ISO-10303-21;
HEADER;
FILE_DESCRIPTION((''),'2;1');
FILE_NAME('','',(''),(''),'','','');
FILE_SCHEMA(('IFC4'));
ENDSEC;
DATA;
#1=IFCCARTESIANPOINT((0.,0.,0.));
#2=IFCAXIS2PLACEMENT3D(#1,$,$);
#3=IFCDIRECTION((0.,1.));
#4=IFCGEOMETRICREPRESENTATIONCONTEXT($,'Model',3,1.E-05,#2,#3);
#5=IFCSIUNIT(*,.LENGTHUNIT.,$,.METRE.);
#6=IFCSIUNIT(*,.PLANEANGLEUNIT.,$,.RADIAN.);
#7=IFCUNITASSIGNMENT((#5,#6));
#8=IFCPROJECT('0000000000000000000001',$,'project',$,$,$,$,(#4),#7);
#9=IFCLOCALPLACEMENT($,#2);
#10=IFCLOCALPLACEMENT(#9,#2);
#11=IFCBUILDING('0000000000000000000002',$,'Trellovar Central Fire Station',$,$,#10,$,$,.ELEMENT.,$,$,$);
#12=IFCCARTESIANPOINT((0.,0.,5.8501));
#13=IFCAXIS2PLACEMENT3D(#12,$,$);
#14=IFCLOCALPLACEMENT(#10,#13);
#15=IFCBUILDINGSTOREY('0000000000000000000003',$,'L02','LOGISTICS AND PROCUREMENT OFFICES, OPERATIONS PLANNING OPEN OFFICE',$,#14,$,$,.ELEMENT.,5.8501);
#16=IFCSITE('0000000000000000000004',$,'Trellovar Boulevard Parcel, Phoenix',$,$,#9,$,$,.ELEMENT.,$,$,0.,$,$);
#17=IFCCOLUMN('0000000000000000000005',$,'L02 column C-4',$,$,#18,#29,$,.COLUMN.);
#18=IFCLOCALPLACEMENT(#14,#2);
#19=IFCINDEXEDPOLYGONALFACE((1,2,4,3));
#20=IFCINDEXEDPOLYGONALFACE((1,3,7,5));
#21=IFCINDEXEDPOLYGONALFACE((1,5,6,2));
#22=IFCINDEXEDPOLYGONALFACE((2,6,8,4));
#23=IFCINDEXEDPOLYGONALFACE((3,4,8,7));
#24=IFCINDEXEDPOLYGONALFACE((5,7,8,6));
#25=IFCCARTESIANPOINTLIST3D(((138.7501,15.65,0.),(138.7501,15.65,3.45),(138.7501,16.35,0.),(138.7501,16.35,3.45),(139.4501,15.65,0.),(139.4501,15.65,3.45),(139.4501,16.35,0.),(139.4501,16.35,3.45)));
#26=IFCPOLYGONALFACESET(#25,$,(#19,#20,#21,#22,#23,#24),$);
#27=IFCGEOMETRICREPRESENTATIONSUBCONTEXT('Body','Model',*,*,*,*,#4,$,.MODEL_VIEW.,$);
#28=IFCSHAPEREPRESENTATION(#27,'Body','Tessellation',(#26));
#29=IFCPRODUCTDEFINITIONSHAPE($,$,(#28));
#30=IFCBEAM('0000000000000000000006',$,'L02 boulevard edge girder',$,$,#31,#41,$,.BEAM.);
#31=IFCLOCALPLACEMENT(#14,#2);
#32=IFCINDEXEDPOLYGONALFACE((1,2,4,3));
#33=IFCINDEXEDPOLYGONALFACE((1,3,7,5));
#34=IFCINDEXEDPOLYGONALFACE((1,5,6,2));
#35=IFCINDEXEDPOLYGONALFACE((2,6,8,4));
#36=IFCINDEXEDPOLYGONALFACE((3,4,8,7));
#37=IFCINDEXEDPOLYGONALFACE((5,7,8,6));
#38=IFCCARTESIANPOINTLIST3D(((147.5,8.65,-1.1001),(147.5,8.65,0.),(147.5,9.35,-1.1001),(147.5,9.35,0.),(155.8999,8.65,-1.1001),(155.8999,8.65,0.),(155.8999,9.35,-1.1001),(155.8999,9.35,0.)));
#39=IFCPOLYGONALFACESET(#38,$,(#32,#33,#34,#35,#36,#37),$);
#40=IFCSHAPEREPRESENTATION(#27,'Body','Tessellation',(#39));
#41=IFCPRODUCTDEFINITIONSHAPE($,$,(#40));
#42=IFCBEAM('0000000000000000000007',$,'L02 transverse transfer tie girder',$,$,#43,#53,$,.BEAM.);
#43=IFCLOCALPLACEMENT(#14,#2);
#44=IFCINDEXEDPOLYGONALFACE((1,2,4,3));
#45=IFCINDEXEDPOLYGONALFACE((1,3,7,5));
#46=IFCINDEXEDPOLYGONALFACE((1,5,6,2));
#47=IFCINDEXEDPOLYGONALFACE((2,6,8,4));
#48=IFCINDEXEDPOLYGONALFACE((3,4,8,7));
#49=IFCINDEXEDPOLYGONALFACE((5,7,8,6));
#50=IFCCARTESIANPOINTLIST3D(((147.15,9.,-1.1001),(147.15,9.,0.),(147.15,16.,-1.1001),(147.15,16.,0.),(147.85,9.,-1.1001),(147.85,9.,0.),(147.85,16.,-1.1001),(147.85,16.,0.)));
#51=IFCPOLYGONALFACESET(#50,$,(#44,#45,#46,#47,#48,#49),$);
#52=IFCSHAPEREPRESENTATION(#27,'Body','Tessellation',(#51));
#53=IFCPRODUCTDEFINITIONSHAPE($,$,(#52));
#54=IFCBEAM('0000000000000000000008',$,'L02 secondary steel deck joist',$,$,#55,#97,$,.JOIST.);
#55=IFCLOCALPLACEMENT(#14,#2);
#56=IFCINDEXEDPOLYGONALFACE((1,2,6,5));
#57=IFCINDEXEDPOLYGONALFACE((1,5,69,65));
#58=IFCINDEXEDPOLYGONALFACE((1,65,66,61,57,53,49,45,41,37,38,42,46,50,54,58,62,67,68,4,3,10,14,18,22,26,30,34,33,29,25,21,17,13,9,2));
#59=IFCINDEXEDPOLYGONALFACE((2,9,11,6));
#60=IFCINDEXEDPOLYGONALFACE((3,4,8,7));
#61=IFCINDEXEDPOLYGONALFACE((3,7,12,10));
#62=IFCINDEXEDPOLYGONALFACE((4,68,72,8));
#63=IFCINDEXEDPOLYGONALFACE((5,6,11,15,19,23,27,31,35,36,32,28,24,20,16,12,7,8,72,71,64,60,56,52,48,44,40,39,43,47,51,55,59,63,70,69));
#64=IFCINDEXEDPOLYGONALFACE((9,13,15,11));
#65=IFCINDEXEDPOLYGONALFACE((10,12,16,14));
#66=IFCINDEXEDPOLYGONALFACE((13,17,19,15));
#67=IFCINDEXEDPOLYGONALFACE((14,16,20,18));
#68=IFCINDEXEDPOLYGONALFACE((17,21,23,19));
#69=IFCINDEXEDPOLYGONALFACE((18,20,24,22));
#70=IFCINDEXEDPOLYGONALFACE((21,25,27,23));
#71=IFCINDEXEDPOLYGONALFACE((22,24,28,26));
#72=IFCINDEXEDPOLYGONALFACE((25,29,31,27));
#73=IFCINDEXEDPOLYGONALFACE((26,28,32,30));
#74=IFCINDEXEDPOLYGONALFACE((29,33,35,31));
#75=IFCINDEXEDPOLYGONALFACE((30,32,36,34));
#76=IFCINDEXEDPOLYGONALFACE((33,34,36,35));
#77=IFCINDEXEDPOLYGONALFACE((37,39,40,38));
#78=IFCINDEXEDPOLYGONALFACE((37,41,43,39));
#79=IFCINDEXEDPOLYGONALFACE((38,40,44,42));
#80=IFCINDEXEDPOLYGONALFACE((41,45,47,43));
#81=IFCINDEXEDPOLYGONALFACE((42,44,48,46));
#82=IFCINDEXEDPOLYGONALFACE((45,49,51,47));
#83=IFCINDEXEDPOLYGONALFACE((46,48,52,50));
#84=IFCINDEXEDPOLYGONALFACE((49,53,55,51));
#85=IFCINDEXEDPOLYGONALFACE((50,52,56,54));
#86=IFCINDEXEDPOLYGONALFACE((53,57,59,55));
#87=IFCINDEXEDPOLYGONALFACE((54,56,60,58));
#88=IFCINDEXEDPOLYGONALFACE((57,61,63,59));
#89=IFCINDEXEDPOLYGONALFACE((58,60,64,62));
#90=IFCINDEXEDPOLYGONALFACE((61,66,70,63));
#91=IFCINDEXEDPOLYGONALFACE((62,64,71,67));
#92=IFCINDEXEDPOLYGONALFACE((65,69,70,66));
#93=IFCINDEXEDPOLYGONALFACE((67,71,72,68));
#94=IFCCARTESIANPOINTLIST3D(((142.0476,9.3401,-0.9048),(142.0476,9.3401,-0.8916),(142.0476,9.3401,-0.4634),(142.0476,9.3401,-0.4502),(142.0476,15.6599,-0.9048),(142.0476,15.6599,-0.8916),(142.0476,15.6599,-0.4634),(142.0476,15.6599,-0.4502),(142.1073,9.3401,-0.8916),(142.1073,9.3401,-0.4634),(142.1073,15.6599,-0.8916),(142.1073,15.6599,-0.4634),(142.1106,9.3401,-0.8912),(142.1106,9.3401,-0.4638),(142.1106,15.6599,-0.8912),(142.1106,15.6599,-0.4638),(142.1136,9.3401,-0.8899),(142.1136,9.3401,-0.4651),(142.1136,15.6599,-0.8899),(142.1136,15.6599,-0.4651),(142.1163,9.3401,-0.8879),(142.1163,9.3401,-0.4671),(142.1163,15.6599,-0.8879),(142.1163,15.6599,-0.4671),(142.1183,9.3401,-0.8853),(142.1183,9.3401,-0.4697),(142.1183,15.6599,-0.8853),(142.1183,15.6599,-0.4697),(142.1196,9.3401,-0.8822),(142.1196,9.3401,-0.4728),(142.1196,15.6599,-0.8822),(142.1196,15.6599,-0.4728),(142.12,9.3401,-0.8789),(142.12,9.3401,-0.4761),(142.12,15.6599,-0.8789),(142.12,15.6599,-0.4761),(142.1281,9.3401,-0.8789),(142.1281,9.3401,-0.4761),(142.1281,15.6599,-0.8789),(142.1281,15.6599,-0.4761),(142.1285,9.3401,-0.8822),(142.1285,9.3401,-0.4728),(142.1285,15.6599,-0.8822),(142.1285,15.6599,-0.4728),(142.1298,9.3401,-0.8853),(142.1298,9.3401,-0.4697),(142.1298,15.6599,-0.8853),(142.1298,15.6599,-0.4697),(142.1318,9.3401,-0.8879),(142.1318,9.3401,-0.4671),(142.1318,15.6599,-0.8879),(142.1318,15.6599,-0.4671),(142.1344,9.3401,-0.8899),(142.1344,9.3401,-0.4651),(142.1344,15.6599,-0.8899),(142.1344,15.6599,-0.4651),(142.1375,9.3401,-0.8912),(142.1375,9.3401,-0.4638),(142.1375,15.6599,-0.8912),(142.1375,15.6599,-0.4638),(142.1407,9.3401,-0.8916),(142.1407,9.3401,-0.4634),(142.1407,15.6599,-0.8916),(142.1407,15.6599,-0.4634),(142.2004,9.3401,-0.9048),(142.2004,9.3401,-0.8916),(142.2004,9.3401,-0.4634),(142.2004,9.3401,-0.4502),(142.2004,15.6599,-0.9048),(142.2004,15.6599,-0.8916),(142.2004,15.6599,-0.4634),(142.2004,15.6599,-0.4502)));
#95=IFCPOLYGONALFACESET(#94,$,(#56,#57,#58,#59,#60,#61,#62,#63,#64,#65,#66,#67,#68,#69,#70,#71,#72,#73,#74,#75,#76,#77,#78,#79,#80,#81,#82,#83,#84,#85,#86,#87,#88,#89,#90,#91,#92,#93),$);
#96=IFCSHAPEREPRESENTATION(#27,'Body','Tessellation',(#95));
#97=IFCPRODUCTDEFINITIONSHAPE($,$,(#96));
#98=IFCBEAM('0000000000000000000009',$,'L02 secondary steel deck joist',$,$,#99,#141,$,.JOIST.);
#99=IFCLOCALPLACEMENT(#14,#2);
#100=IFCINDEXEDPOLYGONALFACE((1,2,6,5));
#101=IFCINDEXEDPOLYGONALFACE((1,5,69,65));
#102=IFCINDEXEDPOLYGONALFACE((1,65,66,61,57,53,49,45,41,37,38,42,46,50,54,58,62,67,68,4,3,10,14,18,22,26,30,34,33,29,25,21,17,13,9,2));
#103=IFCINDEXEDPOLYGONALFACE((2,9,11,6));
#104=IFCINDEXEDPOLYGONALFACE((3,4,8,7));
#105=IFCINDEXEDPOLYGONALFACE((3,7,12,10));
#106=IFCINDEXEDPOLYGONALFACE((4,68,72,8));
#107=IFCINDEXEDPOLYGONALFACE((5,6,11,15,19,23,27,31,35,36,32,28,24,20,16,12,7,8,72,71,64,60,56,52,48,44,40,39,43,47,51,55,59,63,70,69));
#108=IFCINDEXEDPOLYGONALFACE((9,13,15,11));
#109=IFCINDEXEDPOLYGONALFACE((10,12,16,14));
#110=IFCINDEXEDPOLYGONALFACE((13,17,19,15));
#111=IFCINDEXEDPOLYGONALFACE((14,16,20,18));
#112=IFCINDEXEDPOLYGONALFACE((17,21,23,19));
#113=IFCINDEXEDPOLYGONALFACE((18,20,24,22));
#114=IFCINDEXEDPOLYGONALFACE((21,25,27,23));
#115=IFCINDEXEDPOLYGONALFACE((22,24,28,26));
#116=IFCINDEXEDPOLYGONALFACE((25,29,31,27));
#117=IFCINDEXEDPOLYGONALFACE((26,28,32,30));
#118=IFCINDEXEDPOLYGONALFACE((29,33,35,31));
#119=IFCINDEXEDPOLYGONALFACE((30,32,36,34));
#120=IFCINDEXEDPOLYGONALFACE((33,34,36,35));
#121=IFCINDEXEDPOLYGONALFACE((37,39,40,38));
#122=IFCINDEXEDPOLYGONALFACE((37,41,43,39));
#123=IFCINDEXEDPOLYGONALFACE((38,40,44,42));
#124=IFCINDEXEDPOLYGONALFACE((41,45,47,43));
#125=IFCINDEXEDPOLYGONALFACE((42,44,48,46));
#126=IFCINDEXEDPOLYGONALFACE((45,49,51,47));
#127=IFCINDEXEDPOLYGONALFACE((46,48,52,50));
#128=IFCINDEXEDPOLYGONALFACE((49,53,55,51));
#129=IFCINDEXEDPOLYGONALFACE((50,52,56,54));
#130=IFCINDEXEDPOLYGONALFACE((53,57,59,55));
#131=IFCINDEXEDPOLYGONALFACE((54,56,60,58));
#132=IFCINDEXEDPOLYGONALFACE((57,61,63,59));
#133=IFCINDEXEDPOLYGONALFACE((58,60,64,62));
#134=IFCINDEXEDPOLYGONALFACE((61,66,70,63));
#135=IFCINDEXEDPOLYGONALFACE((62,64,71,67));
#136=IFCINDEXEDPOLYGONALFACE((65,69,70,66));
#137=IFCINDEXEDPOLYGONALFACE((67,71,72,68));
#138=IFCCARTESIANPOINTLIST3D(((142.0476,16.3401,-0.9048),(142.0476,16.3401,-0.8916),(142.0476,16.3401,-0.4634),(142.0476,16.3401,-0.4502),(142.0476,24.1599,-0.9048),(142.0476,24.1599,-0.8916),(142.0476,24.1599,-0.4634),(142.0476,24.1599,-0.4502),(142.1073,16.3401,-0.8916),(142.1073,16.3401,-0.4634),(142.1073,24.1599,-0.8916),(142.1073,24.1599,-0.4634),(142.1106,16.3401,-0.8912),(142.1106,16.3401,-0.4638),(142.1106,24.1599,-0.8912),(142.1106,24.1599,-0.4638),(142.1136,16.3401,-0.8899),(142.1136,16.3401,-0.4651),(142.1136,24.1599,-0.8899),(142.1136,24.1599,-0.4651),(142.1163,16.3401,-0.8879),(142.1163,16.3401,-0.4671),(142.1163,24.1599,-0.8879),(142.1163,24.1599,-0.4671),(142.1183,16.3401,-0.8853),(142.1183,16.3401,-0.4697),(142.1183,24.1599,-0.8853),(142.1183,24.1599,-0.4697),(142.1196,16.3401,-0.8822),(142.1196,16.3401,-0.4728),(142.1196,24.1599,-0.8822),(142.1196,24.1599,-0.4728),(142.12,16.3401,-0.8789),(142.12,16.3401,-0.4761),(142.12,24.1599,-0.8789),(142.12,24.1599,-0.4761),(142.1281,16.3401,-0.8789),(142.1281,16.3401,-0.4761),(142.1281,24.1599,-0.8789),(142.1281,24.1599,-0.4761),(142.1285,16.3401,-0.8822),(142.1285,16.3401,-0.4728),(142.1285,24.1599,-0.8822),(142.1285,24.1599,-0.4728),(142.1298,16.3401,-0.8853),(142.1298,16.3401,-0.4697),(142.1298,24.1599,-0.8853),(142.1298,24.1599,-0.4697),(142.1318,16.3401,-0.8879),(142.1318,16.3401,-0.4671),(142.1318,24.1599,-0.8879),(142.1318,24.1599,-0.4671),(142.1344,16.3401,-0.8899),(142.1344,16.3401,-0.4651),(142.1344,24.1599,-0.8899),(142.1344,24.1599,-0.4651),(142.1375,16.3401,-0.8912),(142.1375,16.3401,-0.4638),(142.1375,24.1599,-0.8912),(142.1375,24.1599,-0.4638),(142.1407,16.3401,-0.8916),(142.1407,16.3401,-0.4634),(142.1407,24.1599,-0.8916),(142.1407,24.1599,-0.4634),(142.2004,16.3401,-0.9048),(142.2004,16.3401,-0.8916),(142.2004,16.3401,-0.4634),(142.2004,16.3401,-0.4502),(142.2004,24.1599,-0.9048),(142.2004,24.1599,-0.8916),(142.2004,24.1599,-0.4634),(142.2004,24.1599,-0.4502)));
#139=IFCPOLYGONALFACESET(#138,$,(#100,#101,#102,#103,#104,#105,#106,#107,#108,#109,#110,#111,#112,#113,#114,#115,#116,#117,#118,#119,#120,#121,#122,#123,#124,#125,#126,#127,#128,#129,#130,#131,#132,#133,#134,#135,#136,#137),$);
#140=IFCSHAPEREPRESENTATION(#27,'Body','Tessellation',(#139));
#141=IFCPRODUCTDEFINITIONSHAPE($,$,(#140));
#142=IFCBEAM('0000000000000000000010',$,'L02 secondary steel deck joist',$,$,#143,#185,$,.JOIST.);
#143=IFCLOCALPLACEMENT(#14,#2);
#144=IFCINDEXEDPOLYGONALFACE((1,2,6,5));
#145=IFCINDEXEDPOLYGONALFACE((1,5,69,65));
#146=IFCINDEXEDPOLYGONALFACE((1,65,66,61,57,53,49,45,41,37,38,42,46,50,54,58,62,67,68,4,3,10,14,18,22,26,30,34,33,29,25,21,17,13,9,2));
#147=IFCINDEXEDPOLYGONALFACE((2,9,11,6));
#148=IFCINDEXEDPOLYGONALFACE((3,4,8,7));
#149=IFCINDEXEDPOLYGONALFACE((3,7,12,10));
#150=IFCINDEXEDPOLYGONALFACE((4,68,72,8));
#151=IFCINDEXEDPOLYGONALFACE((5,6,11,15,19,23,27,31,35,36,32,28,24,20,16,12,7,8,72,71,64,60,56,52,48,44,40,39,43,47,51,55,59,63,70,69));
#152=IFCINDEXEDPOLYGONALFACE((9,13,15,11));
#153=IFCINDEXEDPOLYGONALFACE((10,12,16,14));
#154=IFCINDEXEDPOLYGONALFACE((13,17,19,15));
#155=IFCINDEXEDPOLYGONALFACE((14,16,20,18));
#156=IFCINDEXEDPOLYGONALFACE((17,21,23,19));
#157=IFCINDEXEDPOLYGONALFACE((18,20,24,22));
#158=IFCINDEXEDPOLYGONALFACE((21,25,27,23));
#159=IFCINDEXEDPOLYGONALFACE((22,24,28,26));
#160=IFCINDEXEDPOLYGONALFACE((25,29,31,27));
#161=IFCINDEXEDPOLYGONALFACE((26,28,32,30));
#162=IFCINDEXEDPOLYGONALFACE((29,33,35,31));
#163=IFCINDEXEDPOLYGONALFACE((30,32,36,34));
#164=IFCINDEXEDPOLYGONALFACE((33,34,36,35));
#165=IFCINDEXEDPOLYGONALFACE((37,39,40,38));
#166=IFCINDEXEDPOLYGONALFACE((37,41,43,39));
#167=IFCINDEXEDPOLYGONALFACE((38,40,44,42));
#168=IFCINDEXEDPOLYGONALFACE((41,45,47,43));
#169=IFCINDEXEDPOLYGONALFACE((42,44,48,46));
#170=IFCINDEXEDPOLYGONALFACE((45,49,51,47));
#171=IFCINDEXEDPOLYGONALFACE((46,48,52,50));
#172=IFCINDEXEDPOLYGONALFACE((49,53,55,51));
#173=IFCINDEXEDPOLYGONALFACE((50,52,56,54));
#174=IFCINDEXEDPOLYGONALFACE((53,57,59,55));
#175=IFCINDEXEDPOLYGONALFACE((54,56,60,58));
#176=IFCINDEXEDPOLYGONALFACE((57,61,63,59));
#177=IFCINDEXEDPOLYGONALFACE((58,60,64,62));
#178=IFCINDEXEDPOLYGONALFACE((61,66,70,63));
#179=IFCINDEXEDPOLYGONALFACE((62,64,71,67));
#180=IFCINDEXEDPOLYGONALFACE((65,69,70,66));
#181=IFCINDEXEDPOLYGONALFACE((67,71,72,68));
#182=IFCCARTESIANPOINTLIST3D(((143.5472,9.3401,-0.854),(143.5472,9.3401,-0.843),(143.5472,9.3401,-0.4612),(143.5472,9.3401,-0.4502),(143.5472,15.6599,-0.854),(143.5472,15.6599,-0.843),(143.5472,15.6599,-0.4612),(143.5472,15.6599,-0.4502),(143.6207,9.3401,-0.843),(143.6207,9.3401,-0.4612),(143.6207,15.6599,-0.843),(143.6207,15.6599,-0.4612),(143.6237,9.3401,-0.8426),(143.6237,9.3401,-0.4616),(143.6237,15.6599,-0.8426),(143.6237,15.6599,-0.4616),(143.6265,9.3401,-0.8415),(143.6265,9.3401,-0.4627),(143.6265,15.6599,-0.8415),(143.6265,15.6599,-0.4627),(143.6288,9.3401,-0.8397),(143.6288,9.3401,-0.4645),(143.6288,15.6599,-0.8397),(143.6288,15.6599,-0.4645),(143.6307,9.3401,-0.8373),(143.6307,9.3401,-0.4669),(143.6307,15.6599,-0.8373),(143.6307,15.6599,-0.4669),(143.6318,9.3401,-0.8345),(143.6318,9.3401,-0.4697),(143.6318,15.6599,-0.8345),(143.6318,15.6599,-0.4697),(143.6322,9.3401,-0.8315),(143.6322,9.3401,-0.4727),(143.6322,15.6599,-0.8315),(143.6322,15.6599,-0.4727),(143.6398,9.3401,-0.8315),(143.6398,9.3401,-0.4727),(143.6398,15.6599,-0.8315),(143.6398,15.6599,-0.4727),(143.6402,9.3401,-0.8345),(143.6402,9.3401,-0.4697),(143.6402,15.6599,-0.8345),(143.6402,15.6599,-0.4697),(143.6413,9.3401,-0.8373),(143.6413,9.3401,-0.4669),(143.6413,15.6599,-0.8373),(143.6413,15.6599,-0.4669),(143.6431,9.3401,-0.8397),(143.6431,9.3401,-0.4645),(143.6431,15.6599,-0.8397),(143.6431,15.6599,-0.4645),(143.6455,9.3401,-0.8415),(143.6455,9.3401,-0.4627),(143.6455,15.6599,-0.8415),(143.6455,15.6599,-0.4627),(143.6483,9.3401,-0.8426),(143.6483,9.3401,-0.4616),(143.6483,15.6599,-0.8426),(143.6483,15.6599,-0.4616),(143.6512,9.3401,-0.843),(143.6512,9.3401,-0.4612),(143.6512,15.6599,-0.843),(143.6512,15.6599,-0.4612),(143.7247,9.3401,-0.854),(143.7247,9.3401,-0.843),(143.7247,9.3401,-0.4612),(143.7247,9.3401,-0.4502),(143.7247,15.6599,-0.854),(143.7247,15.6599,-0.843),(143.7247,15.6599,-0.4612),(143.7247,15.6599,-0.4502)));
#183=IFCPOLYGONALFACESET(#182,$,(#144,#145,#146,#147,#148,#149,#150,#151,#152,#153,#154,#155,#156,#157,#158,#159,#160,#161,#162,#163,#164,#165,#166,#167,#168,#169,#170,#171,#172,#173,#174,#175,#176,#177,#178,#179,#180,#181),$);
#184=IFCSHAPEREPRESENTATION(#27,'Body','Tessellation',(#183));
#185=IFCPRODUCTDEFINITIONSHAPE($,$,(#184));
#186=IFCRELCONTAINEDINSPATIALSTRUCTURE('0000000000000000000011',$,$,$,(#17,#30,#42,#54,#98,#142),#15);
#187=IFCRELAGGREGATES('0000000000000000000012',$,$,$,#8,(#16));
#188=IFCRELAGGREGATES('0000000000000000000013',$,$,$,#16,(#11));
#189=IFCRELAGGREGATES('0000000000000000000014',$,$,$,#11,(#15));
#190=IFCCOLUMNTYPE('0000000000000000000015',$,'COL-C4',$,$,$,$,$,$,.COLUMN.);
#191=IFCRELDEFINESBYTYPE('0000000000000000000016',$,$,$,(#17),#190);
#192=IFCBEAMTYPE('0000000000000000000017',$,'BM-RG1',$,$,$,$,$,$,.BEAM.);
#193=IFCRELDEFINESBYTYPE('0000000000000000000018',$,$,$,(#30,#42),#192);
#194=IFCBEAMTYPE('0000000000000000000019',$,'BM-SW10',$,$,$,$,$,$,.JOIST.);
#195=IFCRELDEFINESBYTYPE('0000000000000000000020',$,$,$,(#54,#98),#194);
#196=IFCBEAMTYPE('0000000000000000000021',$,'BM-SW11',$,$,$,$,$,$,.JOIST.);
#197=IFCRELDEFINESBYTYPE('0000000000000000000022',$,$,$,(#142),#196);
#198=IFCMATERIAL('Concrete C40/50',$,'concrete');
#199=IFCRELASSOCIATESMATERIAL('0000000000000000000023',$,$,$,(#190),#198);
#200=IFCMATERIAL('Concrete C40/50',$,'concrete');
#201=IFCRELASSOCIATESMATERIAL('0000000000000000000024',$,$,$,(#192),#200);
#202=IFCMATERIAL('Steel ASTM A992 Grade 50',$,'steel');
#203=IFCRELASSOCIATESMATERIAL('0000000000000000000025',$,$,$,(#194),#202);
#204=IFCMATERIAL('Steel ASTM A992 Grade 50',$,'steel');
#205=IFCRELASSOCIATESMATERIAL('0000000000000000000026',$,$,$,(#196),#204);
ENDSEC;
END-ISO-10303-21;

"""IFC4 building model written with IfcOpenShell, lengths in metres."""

from ifc_helpers import new_model, si_unit, direction, frame, origin, origin_2d, place, context, subcontext, project, spatial, rectangle, i_section, extrude, material, material_profile, profile_set, type_object, element, save


model = new_model("IFC4")

# Units and contexts
model_context = context("Model", 3, precision=1e-05, world=origin(), true_north=direction((0.0, 1.0)))
body_context = subcontext(model_context, "Body", "Model", "MODEL_VIEW")
ifc_project = project(units=[si_unit("LENGTHUNIT", "METRE"), si_unit("PLANEANGLEUNIT", "RADIAN")], contexts=[model_context])

# Site, building, storey
site_placement = place(None, origin())
site = spatial("IfcSite", under=ifc_project, at=site_placement, Name="Trellovar Boulevard Parcel, Phoenix", CompositionType="ELEMENT", RefElevation=0.0)
building_placement = place(site_placement, origin())
building = spatial("IfcBuilding", under=site, at=building_placement, Name="Trellovar Central Fire Station", CompositionType="ELEMENT")
storey_placement = place(building_placement, frame((0.0, 0.0, 5.8501)))
storey = spatial("IfcBuildingStorey", under=building, at=storey_placement, Name="L02", Description="LOGISTICS AND PROCUREMENT OFFICES, OPERATIONS PLANNING OPEN OFFICE", CompositionType="ELEMENT", Elevation=5.8501)

# Column
ifc_material_1 = material(Name="Concrete C40/50", Category="concrete")
ifc_material_profile_1 = material_profile(ifc_material_1, rectangle(XDim=0.7, YDim=0.7, at=origin_2d()), Name="RC700X700")
ifc_profile_set_1 = profile_set([ifc_material_profile_1], Name="Concrete C40/50")
column_type = type_object("IfcColumnType", Name="COL-C4", PredefinedType="COLUMN", material=ifc_profile_set_1)
column_placement = place(storey_placement, frame((139.1001, 16.0, 0.0), z_axis=(0.0, 0.0, 1.0), x_axis=(1.0, 0.0, 0.0)))
element("IfcColumn", 1, at=column_placement, inside=storey, type_object=column_type, Name="L02 column C-4", PredefinedType="COLUMN", context=body_context, shape_type="SweptSolid", body=[
    extrude(rectangle(XDim=0.7, YDim=0.7, at=origin_2d()), origin(), (0.0, 0.0, 1.0), 3.45),
])

# Beams
ifc_material_2 = material(Name="Concrete C40/50", Category="concrete")
ifc_material_profile_2 = material_profile(ifc_material_2, rectangle(XDim=0.7, YDim=1.1001, at=origin_2d()), Name="RC700X1100")
ifc_profile_set_2 = profile_set([ifc_material_profile_2], Name="Concrete C40/50")
beam_type_1 = type_object("IfcBeamType", Name="BM-RG1", PredefinedType="BEAM", material=ifc_profile_set_2)
beam_1_placement = place(storey_placement, frame((147.5, 9.0, -0.55), z_axis=(1.0, 0.0, 0.0), x_axis=(0.0, 1.0, 0.0)))
element("IfcBeam", 2, at=beam_1_placement, inside=storey, type_object=beam_type_1, Name="L02 boulevard edge girder", PredefinedType="BEAM", context=body_context, shape_type="SweptSolid", body=[
    extrude(rectangle(XDim=0.7, YDim=1.1001, at=origin_2d()), origin(), (0.0, 0.0, 1.0), 8.3999),
])
beam_2_placement = place(storey_placement, frame((147.5, 9.0, -0.55), z_axis=(0.0, 1.0, 0.0), x_axis=(-1.0, 0.0, 0.0)))
element("IfcBeam", 3, at=beam_2_placement, inside=storey, type_object=beam_type_1, Name="L02 transverse transfer tie girder", PredefinedType="BEAM", context=body_context, shape_type="SweptSolid", body=[
    extrude(rectangle(XDim=0.7, YDim=1.1001, at=origin_2d()), origin(), (0.0, 0.0, 1.0), 7.0),
])
ifc_material_3 = material(Name="Steel ASTM A992 Grade 50", Category="steel")
ifc_material_profile_3 = material_profile(ifc_material_3, i_section(OverallWidth=0.1528, OverallDepth=0.4546, WebThickness=0.0081, FlangeThickness=0.0132, FilletRadius=0.0127, at=origin_2d()), Name="W18X40")
ifc_profile_set_3 = profile_set([ifc_material_profile_3], Name="Steel ASTM A992 Grade 50")
beam_type_2 = type_object("IfcBeamType", Name="BM-SW10", PredefinedType="JOIST", material=ifc_profile_set_3)
beam_3_placement = place(storey_placement, frame((142.124, 9.3401, -0.6775), z_axis=(0.0, 1.0, 0.0), x_axis=(-1.0, 0.0, 0.0)))
element("IfcBeam", 4, at=beam_3_placement, inside=storey, type_object=beam_type_2, Name="L02 secondary steel deck joist", PredefinedType="JOIST", context=body_context, shape_type="SweptSolid", body=[
    extrude(i_section(OverallWidth=0.1528, OverallDepth=0.4546, WebThickness=0.0081, FlangeThickness=0.0132, FilletRadius=0.0127, at=origin_2d()), origin(), (0.0, 0.0, 1.0), 6.3198),
])
beam_4_placement = place(storey_placement, frame((142.124, 16.3401, -0.6775), z_axis=(0.0, 1.0, 0.0), x_axis=(-1.0, 0.0, 0.0)))
element("IfcBeam", 5, at=beam_4_placement, inside=storey, type_object=beam_type_2, Name="L02 secondary steel deck joist", PredefinedType="JOIST", context=body_context, shape_type="SweptSolid", body=[
    extrude(i_section(OverallWidth=0.1528, OverallDepth=0.4546, WebThickness=0.0081, FlangeThickness=0.0132, FilletRadius=0.0127, at=origin_2d()), origin(), (0.0, 0.0, 1.0), 7.8198),
])
ifc_material_4 = material(Name="Steel ASTM A992 Grade 50", Category="steel")
ifc_material_profile_4 = material_profile(ifc_material_4, i_section(OverallWidth=0.1775, OverallDepth=0.4038, WebThickness=0.0076, FlangeThickness=0.011, FilletRadius=0.0115, at=origin_2d()), Name="W16X36")
ifc_profile_set_4 = profile_set([ifc_material_profile_4], Name="Steel ASTM A992 Grade 50")
beam_type_3 = type_object("IfcBeamType", Name="BM-SW11", PredefinedType="JOIST", material=ifc_profile_set_4)
beam_5_placement = place(storey_placement, frame((143.636, 9.3401, -0.6521), z_axis=(0.0, 1.0, 0.0), x_axis=(-1.0, 0.0, 0.0)))
element("IfcBeam", 6, at=beam_5_placement, inside=storey, type_object=beam_type_3, Name="L02 secondary steel deck joist", PredefinedType="JOIST", context=body_context, shape_type="SweptSolid", body=[
    extrude(i_section(OverallWidth=0.1775, OverallDepth=0.4038, WebThickness=0.0076, FlangeThickness=0.011, FilletRadius=0.0115, at=origin_2d()), origin(), (0.0, 0.0, 1.0), 6.3198),
])

save(model, "model.ifc")
